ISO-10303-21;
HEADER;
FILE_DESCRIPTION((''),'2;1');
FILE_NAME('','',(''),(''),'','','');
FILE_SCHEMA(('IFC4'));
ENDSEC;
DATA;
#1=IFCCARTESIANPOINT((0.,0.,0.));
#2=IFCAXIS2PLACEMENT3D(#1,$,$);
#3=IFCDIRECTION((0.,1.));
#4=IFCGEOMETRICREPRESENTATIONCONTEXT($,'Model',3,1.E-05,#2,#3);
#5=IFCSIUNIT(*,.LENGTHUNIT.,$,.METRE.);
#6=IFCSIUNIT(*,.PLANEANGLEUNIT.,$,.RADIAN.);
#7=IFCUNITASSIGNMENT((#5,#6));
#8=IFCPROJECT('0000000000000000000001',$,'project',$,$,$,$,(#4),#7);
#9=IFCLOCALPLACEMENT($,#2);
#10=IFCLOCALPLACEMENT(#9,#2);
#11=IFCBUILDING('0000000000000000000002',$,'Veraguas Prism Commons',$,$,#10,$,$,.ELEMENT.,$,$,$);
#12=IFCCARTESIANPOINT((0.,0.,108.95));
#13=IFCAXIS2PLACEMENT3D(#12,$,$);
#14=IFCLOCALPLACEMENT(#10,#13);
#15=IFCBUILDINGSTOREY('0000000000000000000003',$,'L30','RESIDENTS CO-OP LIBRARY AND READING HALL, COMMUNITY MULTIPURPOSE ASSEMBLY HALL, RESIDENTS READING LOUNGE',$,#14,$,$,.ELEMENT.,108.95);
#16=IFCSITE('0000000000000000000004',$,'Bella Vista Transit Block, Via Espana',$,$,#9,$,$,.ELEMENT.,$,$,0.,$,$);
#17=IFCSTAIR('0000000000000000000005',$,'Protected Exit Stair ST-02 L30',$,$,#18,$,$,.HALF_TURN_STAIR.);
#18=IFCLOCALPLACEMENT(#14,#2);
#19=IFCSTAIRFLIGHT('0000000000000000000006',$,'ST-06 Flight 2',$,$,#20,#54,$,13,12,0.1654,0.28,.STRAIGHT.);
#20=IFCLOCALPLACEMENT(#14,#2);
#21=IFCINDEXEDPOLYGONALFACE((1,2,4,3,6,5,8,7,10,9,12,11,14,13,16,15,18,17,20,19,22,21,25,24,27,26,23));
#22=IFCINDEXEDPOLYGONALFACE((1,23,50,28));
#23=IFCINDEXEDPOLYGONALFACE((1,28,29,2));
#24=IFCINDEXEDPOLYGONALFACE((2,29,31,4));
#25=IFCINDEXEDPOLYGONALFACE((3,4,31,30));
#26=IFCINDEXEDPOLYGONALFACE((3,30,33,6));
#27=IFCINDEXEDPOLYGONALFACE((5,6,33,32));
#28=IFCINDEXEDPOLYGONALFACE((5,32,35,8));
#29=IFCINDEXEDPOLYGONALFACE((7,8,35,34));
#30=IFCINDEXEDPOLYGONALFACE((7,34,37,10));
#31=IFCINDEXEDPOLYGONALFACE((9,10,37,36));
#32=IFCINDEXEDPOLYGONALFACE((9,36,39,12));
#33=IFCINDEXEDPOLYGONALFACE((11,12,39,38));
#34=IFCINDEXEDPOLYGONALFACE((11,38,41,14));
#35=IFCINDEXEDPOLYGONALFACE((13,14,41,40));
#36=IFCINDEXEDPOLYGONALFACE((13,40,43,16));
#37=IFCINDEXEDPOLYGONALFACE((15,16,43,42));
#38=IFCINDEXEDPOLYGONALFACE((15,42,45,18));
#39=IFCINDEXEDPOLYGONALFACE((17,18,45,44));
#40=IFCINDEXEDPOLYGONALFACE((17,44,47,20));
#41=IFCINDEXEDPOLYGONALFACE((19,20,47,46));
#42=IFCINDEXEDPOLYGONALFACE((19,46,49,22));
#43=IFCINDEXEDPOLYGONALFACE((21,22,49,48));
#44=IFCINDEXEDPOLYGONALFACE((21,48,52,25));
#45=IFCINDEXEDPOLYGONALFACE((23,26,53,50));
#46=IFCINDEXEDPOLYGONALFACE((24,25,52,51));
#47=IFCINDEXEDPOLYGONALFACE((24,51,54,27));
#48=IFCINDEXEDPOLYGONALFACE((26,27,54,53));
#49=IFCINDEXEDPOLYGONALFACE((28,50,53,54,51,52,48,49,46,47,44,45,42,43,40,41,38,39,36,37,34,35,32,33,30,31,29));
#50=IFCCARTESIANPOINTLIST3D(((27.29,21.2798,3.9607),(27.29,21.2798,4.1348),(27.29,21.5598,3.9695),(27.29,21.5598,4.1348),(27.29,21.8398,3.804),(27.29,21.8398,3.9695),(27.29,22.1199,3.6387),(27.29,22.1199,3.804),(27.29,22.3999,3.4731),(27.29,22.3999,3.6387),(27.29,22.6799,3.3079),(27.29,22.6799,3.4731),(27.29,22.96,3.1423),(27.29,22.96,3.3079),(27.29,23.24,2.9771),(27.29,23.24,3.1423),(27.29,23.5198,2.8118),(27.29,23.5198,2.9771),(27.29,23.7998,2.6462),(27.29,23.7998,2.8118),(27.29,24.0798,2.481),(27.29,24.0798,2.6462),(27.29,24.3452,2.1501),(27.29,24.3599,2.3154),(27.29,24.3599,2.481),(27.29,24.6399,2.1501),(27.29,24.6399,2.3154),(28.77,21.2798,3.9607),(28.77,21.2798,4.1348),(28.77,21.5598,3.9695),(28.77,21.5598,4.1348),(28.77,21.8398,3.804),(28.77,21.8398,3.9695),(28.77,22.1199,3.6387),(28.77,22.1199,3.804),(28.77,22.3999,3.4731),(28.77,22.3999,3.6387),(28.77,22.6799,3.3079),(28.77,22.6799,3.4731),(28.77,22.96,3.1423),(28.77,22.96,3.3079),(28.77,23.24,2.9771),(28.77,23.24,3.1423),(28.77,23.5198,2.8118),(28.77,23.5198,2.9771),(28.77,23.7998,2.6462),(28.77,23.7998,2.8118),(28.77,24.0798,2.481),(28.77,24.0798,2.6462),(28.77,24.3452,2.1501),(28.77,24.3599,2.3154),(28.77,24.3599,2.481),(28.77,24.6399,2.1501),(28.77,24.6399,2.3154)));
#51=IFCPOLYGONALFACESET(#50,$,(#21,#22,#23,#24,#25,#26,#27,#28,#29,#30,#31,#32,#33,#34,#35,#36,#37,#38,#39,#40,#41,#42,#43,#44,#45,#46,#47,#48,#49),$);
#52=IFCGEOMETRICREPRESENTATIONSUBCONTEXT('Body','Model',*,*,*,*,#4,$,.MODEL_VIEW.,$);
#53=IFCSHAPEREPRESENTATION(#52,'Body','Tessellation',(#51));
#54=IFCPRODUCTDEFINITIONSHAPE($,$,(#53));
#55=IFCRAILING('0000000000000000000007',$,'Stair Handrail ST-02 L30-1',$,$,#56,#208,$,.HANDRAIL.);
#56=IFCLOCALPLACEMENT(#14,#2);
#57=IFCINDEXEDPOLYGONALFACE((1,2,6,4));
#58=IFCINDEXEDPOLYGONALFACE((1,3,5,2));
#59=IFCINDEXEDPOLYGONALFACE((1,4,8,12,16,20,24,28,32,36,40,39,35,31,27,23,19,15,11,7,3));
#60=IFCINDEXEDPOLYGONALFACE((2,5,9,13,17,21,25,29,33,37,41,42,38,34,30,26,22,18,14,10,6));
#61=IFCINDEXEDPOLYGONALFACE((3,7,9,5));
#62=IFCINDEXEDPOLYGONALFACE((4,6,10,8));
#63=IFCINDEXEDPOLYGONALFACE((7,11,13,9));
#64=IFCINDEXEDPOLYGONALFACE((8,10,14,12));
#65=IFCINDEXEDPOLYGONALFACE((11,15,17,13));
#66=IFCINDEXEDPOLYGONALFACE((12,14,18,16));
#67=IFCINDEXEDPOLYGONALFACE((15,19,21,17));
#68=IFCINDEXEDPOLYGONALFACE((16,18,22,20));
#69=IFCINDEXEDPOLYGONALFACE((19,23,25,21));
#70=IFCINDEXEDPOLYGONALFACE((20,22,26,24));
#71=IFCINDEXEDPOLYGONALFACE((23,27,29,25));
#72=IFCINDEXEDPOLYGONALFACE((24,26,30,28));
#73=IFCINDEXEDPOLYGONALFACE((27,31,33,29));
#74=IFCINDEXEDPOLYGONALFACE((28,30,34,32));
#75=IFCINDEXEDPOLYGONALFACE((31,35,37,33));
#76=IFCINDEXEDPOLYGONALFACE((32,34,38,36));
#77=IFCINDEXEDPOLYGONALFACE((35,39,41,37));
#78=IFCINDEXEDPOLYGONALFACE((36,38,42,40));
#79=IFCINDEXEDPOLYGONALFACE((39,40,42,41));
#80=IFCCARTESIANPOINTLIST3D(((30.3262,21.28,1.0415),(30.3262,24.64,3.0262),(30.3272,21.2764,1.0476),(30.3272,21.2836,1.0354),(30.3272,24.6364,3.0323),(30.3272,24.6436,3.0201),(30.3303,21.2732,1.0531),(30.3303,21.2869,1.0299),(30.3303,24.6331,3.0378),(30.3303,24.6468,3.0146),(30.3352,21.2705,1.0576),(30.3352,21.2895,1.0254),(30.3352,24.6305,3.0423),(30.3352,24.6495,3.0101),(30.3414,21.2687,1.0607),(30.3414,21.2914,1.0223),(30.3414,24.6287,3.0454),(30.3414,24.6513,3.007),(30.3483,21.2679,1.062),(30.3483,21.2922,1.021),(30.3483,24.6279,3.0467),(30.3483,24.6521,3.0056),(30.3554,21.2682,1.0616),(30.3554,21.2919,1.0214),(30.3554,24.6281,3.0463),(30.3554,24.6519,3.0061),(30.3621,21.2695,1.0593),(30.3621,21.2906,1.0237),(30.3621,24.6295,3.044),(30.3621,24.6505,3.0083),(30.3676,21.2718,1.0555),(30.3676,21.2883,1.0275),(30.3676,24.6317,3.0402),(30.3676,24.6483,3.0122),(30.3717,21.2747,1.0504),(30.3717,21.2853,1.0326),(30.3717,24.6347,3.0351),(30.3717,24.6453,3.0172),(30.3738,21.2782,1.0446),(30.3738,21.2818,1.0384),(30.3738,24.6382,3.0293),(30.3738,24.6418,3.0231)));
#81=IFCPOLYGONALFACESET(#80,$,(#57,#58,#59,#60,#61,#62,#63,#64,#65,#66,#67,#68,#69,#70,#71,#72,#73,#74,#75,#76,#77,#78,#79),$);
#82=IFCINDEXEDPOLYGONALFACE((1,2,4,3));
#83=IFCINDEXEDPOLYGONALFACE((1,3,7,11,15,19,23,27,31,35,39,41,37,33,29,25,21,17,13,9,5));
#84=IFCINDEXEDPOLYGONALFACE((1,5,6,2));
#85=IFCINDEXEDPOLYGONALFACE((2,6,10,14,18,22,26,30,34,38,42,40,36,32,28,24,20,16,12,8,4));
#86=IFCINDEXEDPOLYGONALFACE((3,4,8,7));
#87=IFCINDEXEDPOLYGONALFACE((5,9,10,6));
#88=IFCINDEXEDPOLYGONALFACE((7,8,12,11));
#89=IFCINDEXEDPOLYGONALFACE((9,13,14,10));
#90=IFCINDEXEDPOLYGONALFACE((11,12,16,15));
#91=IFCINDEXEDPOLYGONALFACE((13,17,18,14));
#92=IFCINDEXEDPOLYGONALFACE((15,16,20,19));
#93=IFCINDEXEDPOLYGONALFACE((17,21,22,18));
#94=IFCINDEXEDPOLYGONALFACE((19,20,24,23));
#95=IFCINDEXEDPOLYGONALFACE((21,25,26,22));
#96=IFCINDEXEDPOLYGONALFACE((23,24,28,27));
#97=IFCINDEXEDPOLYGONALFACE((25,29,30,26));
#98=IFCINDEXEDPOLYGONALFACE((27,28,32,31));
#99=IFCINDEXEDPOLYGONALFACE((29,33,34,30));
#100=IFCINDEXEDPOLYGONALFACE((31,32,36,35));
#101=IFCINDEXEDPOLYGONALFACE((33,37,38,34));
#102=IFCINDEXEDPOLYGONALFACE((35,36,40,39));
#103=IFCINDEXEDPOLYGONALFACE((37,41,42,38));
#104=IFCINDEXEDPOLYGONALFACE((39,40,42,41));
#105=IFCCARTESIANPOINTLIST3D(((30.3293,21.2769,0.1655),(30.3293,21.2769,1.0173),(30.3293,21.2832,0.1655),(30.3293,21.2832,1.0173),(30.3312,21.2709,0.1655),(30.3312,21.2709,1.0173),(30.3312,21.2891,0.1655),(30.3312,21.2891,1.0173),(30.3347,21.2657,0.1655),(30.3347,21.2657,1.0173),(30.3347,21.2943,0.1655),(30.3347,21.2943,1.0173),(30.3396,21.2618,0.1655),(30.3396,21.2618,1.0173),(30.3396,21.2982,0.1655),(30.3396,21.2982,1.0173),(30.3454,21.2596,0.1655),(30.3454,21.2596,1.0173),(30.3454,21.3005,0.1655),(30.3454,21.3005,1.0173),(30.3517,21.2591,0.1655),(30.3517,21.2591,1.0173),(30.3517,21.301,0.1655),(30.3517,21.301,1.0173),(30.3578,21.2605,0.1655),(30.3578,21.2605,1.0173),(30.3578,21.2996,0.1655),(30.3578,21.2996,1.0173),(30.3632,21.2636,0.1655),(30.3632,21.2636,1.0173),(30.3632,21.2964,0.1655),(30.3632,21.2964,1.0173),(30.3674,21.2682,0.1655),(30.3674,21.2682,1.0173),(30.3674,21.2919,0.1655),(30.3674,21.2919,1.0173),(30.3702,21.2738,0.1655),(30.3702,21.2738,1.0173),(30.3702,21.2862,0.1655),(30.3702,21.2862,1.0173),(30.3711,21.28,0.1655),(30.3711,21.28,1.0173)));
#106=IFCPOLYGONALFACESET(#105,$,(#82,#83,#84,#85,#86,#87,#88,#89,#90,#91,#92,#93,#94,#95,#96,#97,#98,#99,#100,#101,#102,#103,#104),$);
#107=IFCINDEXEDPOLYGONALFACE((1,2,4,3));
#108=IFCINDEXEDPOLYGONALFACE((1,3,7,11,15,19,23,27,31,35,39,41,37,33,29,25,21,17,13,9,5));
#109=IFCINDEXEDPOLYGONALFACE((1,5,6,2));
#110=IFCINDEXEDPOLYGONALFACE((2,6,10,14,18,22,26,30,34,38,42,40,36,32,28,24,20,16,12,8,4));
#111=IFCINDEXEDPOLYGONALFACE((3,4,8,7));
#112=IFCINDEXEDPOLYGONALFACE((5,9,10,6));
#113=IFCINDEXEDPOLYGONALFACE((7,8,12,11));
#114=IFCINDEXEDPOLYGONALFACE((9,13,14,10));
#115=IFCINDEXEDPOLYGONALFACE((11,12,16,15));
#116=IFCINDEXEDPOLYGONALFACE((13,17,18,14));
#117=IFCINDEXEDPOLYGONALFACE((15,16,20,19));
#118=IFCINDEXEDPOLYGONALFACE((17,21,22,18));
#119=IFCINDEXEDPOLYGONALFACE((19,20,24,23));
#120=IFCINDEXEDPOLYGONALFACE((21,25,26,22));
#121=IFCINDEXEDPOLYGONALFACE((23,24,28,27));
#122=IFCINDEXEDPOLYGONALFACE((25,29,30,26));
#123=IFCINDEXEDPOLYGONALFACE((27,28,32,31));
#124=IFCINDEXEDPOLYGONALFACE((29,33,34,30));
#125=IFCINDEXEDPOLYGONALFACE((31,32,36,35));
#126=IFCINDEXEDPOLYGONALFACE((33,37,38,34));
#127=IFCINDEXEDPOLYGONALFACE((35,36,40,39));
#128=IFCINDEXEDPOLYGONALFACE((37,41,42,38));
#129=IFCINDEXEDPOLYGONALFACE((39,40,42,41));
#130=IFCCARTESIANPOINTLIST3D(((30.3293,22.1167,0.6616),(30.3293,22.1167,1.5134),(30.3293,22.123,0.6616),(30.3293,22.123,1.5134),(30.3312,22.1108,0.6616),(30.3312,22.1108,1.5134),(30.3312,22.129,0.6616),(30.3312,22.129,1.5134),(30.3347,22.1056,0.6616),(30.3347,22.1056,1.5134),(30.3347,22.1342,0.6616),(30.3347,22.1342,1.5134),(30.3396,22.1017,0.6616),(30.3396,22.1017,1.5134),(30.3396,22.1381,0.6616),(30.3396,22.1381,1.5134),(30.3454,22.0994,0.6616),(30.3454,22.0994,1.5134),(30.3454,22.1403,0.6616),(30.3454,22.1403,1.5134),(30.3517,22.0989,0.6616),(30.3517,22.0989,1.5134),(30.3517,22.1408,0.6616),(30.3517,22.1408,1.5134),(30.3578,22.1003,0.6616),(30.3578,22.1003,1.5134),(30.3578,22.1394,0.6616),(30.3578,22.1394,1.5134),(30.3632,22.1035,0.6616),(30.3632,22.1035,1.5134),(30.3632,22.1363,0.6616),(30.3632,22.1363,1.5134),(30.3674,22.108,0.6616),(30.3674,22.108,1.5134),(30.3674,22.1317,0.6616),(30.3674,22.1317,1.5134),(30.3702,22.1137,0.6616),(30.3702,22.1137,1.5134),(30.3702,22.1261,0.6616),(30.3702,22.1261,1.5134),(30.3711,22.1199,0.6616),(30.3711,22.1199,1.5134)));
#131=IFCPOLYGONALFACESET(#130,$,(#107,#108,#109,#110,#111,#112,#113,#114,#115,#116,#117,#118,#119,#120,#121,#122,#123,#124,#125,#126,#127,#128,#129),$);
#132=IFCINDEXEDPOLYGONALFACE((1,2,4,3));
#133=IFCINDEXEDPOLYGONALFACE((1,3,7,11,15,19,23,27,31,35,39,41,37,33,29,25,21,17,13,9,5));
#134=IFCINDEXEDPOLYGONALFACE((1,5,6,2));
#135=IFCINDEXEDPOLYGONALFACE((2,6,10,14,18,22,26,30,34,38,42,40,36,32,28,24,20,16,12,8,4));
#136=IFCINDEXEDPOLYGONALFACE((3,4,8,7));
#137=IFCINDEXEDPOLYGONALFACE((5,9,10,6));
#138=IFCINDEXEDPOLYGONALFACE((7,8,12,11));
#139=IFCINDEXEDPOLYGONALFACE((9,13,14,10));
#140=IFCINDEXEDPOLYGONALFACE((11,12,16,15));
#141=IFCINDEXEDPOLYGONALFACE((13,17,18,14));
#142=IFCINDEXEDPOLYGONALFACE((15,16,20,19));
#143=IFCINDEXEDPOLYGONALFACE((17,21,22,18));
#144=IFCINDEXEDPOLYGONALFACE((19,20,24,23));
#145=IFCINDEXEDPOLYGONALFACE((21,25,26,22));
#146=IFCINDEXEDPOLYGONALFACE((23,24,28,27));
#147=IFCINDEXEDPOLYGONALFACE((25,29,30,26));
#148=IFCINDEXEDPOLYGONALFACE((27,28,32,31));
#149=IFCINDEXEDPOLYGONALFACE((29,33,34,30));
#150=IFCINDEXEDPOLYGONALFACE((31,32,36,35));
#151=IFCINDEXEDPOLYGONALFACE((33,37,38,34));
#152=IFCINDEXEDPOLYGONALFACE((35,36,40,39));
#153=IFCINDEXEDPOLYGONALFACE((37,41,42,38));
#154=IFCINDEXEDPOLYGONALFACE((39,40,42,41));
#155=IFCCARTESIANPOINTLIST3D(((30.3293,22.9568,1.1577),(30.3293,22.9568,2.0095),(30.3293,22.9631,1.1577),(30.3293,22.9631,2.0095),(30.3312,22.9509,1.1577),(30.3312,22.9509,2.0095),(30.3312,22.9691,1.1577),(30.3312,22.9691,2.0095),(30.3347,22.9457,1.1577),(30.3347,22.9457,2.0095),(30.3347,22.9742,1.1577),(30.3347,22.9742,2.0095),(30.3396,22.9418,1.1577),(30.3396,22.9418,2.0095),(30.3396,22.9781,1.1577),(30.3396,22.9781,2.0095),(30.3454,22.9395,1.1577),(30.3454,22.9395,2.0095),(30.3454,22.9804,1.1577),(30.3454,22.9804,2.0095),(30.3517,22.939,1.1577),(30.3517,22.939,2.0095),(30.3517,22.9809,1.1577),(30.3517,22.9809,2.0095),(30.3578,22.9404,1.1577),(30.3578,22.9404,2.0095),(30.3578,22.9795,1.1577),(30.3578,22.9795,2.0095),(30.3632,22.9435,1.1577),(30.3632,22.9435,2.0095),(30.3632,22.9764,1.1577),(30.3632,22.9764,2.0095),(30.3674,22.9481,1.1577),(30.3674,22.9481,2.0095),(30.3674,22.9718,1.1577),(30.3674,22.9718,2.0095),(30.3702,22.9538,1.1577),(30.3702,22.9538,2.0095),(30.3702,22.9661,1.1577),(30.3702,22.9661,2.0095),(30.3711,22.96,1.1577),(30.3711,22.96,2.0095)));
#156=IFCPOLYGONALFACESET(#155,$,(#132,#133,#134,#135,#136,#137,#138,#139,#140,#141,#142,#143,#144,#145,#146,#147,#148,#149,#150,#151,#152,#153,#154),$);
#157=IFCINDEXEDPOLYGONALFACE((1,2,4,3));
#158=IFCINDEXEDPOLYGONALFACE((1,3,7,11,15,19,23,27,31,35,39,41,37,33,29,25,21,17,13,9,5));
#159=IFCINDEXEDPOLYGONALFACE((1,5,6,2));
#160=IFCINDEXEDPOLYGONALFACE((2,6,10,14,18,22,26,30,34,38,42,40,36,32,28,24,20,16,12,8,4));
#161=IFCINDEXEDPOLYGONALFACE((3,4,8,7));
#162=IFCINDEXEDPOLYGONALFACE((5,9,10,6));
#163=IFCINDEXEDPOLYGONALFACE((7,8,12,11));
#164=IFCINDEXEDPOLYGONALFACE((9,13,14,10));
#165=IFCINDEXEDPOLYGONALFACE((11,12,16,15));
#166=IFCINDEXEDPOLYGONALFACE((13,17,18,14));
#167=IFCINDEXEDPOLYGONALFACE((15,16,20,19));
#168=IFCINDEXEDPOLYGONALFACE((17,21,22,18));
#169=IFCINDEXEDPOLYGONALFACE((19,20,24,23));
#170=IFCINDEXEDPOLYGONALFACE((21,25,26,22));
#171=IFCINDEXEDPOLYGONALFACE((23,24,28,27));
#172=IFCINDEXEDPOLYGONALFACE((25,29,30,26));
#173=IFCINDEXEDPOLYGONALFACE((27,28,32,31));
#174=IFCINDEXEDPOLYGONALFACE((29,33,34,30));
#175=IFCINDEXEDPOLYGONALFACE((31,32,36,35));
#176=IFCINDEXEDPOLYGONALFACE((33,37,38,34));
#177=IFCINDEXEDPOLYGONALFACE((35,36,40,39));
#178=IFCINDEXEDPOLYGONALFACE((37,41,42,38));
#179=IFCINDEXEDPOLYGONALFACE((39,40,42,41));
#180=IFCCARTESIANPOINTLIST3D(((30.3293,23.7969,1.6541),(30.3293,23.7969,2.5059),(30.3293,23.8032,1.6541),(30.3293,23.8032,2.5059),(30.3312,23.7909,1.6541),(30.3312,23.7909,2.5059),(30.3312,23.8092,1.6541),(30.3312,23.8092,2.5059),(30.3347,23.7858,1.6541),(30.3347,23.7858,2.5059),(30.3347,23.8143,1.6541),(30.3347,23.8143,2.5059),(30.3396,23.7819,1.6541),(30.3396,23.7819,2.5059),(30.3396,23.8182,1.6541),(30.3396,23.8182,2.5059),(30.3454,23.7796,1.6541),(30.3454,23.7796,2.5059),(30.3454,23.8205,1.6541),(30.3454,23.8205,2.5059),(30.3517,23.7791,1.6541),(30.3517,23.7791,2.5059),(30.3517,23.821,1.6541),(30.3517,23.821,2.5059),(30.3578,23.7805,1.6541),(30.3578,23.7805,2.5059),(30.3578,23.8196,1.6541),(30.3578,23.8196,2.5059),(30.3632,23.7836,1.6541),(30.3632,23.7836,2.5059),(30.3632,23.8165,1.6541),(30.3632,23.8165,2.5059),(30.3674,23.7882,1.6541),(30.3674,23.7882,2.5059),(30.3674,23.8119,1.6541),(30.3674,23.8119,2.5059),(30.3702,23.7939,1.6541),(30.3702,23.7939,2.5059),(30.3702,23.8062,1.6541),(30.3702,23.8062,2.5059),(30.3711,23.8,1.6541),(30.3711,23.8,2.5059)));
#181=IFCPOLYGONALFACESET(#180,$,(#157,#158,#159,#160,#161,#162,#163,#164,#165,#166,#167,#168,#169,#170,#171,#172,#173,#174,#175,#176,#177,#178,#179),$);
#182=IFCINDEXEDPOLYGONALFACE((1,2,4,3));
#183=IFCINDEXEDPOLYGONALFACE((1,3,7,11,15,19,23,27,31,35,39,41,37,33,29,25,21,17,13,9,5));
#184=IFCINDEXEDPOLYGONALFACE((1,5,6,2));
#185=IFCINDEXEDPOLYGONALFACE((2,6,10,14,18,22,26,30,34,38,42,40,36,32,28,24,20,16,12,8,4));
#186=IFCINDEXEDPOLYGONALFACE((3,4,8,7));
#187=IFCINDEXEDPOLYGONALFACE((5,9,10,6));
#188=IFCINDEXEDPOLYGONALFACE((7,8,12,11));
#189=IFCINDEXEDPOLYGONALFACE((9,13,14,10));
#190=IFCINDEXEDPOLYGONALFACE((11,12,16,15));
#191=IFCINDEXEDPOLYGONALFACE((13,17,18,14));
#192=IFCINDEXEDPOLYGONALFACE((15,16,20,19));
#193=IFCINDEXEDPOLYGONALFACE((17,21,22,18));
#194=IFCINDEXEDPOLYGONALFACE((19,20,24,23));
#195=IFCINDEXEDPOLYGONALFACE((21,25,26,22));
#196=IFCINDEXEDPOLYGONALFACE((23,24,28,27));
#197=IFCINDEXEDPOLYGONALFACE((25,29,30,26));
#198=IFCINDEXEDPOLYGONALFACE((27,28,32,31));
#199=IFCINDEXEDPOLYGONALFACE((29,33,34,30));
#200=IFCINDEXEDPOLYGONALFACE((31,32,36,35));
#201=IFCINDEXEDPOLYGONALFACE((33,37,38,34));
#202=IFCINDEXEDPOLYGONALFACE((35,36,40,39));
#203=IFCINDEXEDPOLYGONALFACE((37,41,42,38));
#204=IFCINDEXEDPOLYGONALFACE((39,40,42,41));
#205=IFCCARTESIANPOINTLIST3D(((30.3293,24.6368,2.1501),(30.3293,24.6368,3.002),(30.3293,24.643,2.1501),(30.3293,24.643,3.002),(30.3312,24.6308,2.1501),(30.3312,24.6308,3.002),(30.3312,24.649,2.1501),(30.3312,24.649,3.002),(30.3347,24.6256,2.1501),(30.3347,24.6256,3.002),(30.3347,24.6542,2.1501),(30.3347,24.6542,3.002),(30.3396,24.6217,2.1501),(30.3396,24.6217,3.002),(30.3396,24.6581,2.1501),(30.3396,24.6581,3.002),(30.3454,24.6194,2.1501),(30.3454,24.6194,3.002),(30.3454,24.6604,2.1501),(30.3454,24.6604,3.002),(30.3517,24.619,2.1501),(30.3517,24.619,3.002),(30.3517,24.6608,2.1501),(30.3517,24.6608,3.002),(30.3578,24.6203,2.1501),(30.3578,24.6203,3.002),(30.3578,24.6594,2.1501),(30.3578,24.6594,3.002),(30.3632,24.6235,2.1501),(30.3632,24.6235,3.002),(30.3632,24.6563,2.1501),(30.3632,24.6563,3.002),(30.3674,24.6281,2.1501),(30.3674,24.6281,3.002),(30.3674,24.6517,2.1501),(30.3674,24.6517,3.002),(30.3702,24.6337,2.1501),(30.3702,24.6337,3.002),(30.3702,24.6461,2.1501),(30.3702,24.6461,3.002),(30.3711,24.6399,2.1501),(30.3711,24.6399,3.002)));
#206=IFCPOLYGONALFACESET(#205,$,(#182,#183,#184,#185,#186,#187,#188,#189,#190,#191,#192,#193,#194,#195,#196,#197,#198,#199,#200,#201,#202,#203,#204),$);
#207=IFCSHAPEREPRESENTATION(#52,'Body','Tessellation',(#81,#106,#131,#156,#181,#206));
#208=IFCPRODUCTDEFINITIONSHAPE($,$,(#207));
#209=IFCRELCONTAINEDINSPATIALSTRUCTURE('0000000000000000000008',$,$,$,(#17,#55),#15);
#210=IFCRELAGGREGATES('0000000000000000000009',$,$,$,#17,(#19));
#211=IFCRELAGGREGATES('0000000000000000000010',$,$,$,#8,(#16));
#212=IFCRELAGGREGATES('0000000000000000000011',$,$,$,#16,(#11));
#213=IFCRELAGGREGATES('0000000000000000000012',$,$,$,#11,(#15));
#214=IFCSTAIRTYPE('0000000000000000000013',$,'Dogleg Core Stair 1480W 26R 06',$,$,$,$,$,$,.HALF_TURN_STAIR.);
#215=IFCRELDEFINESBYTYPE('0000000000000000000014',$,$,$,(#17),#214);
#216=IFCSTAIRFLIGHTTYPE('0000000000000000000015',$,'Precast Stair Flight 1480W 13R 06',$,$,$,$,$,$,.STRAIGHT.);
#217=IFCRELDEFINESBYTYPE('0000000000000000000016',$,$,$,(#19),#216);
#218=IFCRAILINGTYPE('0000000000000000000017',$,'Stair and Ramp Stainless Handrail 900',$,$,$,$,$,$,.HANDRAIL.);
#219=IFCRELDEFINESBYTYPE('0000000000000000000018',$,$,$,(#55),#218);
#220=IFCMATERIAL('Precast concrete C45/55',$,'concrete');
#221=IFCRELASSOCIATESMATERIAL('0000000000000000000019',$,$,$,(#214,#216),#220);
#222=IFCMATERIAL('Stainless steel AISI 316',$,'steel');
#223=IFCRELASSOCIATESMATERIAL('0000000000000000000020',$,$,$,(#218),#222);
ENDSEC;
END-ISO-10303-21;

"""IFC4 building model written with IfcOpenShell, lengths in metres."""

from ifc_helpers import new_model, si_unit, direction, frame, origin, origin_2d, place, context, subcontext, project, spatial, polyline, circle, outline, extrude, material, type_object, element, aggregate, save


model = new_model("IFC4")

# Units and contexts
model_context = context("Model", 3, precision=1e-05, world=origin(), true_north=direction((0.0, 1.0)))
body_context = subcontext(model_context, "Body", "Model", "MODEL_VIEW")
ifc_project = project(units=[si_unit("LENGTHUNIT", "METRE"), si_unit("PLANEANGLEUNIT", "RADIAN")], contexts=[model_context])

# Site, building, storey
site_placement = place(None, origin())
site = spatial("IfcSite", under=ifc_project, at=site_placement, Name="Bella Vista Transit Block, Via Espana", CompositionType="ELEMENT", RefElevation=0.0)
building_placement = place(site_placement, origin())
building = spatial("IfcBuilding", under=site, at=building_placement, Name="Veraguas Prism Commons", CompositionType="ELEMENT")
storey_placement = place(building_placement, frame((0.0, 0.0, 108.95)))
storey = spatial("IfcBuildingStorey", under=building, at=storey_placement, Name="L30", Description="RESIDENTS CO-OP LIBRARY AND READING HALL, COMMUNITY MULTIPURPOSE ASSEMBLY HALL, RESIDENTS READING LOUNGE", CompositionType="ELEMENT", Elevation=108.95)

# Shared definitions
ifc_material_1 = material(Name="Stainless steel AISI 316", Category="steel")

# Stair, stair flight
ifc_material_2 = material(Name="Precast concrete C45/55", Category="concrete")
stair_type = type_object("IfcStairType", Name="Dogleg Core Stair 1480W 26R 06", PredefinedType="HALF_TURN_STAIR", material=ifc_material_2)
stair_placement = place(storey_placement, origin())
stair = element("IfcStair", 1, at=stair_placement, inside=storey, type_object=stair_type, Name="Protected Exit Stair ST-02 L30", PredefinedType="HALF_TURN_STAIR")
stair_flight_type = type_object("IfcStairFlightType", Name="Precast Stair Flight 1480W 13R 06", PredefinedType="STRAIGHT", material=ifc_material_2)
stair_flight_1_placement = place(storey_placement, frame((28.03, 24.6399, 2.1501), z_axis=(0.0, 0.0, 1.0), x_axis=(0.0, -1.0, 0.0)))
stair_flight_1 = element("IfcStairFlight", 2, at=stair_flight_1_placement, type_object=stair_flight_type, Name="ST-06 Flight 2", NumberOfRisers=13, NumberOfTreads=12, PredefinedType="STRAIGHT", RiserHeight=0.1654, TreadLength=0.28, context=body_context, shape_type="SweptSolid", body=[
    extrude(outline(polyline([(0.0, 0.0), (0.0, 0.1653), (0.28, 0.1653), (0.28, 0.3308), (0.5601, 0.3308), (0.5601, 0.4961), (0.8401, 0.4961), (0.8401, 0.6616), (1.1201, 0.6616), (1.1201, 0.8269), (1.3999, 0.8269), (1.3999, 0.9922), (1.6799, 0.9922), (1.6799, 1.1577), (1.96, 1.1577), (1.96, 1.323), (2.24, 1.323), (2.24, 1.4885), (2.52, 1.4885), (2.52, 1.6538), (2.8, 1.6538), (2.8, 1.8193), (3.0801, 1.8193), (3.0801, 1.9846), (3.3601, 1.9846), (3.3601, 2.1499), (3.3601, 1.8105), (0.2947, 0.0), (0.0, 0.0)])), frame((0.0, 0.74, 0.0), z_axis=(0.0, -1.0, 0.0), x_axis=(1.0, 0.0, 0.0)), (0.0, 0.0, 1.0), 1.48),
])
aggregate(stair, [stair_flight_1])

# Railing
railing_type_1 = type_object("IfcRailingType", Name="Stair and Ramp Stainless Handrail 900", PredefinedType="HANDRAIL", material=ifc_material_1)
railing_1_placement = place(storey_placement, frame((30.3501, 21.28, 0.1655)))
element("IfcRailing", 3, at=railing_1_placement, inside=storey, type_object=railing_type_1, Name="Stair Handrail ST-02 L30-1", PredefinedType="HANDRAIL", context=body_context, shape_type="SweptSolid", body=[
    extrude(circle(Radius=0.0239, at=origin_2d()), frame((0.0, 0.0, 0.876), z_axis=(0.0, 0.861011, 0.508586), x_axis=(-1.0, 0.0, 0.0)), (0.0, 0.0, 1.0), 3.9023),
    extrude(circle(Radius=0.021, at=origin_2d()), origin(), (0.0, 0.0, 1.0), 0.8518),
    extrude(circle(Radius=0.021, at=origin_2d()), frame((0.0, 0.8398, 0.4961)), (0.0, 0.0, 1.0), 0.8518),
    extrude(circle(Radius=0.021, at=origin_2d()), frame((0.0, 1.6799, 0.9922)), (0.0, 0.0, 1.0), 0.8518),
    extrude(circle(Radius=0.021, at=origin_2d()), frame((0.0, 2.52, 1.4885)), (0.0, 0.0, 1.0), 0.8518),
    extrude(circle(Radius=0.021, at=origin_2d()), frame((0.0, 3.3599, 1.9846)), (0.0, 0.0, 1.0), 0.8518),
])

save(model, "model.ifc")
